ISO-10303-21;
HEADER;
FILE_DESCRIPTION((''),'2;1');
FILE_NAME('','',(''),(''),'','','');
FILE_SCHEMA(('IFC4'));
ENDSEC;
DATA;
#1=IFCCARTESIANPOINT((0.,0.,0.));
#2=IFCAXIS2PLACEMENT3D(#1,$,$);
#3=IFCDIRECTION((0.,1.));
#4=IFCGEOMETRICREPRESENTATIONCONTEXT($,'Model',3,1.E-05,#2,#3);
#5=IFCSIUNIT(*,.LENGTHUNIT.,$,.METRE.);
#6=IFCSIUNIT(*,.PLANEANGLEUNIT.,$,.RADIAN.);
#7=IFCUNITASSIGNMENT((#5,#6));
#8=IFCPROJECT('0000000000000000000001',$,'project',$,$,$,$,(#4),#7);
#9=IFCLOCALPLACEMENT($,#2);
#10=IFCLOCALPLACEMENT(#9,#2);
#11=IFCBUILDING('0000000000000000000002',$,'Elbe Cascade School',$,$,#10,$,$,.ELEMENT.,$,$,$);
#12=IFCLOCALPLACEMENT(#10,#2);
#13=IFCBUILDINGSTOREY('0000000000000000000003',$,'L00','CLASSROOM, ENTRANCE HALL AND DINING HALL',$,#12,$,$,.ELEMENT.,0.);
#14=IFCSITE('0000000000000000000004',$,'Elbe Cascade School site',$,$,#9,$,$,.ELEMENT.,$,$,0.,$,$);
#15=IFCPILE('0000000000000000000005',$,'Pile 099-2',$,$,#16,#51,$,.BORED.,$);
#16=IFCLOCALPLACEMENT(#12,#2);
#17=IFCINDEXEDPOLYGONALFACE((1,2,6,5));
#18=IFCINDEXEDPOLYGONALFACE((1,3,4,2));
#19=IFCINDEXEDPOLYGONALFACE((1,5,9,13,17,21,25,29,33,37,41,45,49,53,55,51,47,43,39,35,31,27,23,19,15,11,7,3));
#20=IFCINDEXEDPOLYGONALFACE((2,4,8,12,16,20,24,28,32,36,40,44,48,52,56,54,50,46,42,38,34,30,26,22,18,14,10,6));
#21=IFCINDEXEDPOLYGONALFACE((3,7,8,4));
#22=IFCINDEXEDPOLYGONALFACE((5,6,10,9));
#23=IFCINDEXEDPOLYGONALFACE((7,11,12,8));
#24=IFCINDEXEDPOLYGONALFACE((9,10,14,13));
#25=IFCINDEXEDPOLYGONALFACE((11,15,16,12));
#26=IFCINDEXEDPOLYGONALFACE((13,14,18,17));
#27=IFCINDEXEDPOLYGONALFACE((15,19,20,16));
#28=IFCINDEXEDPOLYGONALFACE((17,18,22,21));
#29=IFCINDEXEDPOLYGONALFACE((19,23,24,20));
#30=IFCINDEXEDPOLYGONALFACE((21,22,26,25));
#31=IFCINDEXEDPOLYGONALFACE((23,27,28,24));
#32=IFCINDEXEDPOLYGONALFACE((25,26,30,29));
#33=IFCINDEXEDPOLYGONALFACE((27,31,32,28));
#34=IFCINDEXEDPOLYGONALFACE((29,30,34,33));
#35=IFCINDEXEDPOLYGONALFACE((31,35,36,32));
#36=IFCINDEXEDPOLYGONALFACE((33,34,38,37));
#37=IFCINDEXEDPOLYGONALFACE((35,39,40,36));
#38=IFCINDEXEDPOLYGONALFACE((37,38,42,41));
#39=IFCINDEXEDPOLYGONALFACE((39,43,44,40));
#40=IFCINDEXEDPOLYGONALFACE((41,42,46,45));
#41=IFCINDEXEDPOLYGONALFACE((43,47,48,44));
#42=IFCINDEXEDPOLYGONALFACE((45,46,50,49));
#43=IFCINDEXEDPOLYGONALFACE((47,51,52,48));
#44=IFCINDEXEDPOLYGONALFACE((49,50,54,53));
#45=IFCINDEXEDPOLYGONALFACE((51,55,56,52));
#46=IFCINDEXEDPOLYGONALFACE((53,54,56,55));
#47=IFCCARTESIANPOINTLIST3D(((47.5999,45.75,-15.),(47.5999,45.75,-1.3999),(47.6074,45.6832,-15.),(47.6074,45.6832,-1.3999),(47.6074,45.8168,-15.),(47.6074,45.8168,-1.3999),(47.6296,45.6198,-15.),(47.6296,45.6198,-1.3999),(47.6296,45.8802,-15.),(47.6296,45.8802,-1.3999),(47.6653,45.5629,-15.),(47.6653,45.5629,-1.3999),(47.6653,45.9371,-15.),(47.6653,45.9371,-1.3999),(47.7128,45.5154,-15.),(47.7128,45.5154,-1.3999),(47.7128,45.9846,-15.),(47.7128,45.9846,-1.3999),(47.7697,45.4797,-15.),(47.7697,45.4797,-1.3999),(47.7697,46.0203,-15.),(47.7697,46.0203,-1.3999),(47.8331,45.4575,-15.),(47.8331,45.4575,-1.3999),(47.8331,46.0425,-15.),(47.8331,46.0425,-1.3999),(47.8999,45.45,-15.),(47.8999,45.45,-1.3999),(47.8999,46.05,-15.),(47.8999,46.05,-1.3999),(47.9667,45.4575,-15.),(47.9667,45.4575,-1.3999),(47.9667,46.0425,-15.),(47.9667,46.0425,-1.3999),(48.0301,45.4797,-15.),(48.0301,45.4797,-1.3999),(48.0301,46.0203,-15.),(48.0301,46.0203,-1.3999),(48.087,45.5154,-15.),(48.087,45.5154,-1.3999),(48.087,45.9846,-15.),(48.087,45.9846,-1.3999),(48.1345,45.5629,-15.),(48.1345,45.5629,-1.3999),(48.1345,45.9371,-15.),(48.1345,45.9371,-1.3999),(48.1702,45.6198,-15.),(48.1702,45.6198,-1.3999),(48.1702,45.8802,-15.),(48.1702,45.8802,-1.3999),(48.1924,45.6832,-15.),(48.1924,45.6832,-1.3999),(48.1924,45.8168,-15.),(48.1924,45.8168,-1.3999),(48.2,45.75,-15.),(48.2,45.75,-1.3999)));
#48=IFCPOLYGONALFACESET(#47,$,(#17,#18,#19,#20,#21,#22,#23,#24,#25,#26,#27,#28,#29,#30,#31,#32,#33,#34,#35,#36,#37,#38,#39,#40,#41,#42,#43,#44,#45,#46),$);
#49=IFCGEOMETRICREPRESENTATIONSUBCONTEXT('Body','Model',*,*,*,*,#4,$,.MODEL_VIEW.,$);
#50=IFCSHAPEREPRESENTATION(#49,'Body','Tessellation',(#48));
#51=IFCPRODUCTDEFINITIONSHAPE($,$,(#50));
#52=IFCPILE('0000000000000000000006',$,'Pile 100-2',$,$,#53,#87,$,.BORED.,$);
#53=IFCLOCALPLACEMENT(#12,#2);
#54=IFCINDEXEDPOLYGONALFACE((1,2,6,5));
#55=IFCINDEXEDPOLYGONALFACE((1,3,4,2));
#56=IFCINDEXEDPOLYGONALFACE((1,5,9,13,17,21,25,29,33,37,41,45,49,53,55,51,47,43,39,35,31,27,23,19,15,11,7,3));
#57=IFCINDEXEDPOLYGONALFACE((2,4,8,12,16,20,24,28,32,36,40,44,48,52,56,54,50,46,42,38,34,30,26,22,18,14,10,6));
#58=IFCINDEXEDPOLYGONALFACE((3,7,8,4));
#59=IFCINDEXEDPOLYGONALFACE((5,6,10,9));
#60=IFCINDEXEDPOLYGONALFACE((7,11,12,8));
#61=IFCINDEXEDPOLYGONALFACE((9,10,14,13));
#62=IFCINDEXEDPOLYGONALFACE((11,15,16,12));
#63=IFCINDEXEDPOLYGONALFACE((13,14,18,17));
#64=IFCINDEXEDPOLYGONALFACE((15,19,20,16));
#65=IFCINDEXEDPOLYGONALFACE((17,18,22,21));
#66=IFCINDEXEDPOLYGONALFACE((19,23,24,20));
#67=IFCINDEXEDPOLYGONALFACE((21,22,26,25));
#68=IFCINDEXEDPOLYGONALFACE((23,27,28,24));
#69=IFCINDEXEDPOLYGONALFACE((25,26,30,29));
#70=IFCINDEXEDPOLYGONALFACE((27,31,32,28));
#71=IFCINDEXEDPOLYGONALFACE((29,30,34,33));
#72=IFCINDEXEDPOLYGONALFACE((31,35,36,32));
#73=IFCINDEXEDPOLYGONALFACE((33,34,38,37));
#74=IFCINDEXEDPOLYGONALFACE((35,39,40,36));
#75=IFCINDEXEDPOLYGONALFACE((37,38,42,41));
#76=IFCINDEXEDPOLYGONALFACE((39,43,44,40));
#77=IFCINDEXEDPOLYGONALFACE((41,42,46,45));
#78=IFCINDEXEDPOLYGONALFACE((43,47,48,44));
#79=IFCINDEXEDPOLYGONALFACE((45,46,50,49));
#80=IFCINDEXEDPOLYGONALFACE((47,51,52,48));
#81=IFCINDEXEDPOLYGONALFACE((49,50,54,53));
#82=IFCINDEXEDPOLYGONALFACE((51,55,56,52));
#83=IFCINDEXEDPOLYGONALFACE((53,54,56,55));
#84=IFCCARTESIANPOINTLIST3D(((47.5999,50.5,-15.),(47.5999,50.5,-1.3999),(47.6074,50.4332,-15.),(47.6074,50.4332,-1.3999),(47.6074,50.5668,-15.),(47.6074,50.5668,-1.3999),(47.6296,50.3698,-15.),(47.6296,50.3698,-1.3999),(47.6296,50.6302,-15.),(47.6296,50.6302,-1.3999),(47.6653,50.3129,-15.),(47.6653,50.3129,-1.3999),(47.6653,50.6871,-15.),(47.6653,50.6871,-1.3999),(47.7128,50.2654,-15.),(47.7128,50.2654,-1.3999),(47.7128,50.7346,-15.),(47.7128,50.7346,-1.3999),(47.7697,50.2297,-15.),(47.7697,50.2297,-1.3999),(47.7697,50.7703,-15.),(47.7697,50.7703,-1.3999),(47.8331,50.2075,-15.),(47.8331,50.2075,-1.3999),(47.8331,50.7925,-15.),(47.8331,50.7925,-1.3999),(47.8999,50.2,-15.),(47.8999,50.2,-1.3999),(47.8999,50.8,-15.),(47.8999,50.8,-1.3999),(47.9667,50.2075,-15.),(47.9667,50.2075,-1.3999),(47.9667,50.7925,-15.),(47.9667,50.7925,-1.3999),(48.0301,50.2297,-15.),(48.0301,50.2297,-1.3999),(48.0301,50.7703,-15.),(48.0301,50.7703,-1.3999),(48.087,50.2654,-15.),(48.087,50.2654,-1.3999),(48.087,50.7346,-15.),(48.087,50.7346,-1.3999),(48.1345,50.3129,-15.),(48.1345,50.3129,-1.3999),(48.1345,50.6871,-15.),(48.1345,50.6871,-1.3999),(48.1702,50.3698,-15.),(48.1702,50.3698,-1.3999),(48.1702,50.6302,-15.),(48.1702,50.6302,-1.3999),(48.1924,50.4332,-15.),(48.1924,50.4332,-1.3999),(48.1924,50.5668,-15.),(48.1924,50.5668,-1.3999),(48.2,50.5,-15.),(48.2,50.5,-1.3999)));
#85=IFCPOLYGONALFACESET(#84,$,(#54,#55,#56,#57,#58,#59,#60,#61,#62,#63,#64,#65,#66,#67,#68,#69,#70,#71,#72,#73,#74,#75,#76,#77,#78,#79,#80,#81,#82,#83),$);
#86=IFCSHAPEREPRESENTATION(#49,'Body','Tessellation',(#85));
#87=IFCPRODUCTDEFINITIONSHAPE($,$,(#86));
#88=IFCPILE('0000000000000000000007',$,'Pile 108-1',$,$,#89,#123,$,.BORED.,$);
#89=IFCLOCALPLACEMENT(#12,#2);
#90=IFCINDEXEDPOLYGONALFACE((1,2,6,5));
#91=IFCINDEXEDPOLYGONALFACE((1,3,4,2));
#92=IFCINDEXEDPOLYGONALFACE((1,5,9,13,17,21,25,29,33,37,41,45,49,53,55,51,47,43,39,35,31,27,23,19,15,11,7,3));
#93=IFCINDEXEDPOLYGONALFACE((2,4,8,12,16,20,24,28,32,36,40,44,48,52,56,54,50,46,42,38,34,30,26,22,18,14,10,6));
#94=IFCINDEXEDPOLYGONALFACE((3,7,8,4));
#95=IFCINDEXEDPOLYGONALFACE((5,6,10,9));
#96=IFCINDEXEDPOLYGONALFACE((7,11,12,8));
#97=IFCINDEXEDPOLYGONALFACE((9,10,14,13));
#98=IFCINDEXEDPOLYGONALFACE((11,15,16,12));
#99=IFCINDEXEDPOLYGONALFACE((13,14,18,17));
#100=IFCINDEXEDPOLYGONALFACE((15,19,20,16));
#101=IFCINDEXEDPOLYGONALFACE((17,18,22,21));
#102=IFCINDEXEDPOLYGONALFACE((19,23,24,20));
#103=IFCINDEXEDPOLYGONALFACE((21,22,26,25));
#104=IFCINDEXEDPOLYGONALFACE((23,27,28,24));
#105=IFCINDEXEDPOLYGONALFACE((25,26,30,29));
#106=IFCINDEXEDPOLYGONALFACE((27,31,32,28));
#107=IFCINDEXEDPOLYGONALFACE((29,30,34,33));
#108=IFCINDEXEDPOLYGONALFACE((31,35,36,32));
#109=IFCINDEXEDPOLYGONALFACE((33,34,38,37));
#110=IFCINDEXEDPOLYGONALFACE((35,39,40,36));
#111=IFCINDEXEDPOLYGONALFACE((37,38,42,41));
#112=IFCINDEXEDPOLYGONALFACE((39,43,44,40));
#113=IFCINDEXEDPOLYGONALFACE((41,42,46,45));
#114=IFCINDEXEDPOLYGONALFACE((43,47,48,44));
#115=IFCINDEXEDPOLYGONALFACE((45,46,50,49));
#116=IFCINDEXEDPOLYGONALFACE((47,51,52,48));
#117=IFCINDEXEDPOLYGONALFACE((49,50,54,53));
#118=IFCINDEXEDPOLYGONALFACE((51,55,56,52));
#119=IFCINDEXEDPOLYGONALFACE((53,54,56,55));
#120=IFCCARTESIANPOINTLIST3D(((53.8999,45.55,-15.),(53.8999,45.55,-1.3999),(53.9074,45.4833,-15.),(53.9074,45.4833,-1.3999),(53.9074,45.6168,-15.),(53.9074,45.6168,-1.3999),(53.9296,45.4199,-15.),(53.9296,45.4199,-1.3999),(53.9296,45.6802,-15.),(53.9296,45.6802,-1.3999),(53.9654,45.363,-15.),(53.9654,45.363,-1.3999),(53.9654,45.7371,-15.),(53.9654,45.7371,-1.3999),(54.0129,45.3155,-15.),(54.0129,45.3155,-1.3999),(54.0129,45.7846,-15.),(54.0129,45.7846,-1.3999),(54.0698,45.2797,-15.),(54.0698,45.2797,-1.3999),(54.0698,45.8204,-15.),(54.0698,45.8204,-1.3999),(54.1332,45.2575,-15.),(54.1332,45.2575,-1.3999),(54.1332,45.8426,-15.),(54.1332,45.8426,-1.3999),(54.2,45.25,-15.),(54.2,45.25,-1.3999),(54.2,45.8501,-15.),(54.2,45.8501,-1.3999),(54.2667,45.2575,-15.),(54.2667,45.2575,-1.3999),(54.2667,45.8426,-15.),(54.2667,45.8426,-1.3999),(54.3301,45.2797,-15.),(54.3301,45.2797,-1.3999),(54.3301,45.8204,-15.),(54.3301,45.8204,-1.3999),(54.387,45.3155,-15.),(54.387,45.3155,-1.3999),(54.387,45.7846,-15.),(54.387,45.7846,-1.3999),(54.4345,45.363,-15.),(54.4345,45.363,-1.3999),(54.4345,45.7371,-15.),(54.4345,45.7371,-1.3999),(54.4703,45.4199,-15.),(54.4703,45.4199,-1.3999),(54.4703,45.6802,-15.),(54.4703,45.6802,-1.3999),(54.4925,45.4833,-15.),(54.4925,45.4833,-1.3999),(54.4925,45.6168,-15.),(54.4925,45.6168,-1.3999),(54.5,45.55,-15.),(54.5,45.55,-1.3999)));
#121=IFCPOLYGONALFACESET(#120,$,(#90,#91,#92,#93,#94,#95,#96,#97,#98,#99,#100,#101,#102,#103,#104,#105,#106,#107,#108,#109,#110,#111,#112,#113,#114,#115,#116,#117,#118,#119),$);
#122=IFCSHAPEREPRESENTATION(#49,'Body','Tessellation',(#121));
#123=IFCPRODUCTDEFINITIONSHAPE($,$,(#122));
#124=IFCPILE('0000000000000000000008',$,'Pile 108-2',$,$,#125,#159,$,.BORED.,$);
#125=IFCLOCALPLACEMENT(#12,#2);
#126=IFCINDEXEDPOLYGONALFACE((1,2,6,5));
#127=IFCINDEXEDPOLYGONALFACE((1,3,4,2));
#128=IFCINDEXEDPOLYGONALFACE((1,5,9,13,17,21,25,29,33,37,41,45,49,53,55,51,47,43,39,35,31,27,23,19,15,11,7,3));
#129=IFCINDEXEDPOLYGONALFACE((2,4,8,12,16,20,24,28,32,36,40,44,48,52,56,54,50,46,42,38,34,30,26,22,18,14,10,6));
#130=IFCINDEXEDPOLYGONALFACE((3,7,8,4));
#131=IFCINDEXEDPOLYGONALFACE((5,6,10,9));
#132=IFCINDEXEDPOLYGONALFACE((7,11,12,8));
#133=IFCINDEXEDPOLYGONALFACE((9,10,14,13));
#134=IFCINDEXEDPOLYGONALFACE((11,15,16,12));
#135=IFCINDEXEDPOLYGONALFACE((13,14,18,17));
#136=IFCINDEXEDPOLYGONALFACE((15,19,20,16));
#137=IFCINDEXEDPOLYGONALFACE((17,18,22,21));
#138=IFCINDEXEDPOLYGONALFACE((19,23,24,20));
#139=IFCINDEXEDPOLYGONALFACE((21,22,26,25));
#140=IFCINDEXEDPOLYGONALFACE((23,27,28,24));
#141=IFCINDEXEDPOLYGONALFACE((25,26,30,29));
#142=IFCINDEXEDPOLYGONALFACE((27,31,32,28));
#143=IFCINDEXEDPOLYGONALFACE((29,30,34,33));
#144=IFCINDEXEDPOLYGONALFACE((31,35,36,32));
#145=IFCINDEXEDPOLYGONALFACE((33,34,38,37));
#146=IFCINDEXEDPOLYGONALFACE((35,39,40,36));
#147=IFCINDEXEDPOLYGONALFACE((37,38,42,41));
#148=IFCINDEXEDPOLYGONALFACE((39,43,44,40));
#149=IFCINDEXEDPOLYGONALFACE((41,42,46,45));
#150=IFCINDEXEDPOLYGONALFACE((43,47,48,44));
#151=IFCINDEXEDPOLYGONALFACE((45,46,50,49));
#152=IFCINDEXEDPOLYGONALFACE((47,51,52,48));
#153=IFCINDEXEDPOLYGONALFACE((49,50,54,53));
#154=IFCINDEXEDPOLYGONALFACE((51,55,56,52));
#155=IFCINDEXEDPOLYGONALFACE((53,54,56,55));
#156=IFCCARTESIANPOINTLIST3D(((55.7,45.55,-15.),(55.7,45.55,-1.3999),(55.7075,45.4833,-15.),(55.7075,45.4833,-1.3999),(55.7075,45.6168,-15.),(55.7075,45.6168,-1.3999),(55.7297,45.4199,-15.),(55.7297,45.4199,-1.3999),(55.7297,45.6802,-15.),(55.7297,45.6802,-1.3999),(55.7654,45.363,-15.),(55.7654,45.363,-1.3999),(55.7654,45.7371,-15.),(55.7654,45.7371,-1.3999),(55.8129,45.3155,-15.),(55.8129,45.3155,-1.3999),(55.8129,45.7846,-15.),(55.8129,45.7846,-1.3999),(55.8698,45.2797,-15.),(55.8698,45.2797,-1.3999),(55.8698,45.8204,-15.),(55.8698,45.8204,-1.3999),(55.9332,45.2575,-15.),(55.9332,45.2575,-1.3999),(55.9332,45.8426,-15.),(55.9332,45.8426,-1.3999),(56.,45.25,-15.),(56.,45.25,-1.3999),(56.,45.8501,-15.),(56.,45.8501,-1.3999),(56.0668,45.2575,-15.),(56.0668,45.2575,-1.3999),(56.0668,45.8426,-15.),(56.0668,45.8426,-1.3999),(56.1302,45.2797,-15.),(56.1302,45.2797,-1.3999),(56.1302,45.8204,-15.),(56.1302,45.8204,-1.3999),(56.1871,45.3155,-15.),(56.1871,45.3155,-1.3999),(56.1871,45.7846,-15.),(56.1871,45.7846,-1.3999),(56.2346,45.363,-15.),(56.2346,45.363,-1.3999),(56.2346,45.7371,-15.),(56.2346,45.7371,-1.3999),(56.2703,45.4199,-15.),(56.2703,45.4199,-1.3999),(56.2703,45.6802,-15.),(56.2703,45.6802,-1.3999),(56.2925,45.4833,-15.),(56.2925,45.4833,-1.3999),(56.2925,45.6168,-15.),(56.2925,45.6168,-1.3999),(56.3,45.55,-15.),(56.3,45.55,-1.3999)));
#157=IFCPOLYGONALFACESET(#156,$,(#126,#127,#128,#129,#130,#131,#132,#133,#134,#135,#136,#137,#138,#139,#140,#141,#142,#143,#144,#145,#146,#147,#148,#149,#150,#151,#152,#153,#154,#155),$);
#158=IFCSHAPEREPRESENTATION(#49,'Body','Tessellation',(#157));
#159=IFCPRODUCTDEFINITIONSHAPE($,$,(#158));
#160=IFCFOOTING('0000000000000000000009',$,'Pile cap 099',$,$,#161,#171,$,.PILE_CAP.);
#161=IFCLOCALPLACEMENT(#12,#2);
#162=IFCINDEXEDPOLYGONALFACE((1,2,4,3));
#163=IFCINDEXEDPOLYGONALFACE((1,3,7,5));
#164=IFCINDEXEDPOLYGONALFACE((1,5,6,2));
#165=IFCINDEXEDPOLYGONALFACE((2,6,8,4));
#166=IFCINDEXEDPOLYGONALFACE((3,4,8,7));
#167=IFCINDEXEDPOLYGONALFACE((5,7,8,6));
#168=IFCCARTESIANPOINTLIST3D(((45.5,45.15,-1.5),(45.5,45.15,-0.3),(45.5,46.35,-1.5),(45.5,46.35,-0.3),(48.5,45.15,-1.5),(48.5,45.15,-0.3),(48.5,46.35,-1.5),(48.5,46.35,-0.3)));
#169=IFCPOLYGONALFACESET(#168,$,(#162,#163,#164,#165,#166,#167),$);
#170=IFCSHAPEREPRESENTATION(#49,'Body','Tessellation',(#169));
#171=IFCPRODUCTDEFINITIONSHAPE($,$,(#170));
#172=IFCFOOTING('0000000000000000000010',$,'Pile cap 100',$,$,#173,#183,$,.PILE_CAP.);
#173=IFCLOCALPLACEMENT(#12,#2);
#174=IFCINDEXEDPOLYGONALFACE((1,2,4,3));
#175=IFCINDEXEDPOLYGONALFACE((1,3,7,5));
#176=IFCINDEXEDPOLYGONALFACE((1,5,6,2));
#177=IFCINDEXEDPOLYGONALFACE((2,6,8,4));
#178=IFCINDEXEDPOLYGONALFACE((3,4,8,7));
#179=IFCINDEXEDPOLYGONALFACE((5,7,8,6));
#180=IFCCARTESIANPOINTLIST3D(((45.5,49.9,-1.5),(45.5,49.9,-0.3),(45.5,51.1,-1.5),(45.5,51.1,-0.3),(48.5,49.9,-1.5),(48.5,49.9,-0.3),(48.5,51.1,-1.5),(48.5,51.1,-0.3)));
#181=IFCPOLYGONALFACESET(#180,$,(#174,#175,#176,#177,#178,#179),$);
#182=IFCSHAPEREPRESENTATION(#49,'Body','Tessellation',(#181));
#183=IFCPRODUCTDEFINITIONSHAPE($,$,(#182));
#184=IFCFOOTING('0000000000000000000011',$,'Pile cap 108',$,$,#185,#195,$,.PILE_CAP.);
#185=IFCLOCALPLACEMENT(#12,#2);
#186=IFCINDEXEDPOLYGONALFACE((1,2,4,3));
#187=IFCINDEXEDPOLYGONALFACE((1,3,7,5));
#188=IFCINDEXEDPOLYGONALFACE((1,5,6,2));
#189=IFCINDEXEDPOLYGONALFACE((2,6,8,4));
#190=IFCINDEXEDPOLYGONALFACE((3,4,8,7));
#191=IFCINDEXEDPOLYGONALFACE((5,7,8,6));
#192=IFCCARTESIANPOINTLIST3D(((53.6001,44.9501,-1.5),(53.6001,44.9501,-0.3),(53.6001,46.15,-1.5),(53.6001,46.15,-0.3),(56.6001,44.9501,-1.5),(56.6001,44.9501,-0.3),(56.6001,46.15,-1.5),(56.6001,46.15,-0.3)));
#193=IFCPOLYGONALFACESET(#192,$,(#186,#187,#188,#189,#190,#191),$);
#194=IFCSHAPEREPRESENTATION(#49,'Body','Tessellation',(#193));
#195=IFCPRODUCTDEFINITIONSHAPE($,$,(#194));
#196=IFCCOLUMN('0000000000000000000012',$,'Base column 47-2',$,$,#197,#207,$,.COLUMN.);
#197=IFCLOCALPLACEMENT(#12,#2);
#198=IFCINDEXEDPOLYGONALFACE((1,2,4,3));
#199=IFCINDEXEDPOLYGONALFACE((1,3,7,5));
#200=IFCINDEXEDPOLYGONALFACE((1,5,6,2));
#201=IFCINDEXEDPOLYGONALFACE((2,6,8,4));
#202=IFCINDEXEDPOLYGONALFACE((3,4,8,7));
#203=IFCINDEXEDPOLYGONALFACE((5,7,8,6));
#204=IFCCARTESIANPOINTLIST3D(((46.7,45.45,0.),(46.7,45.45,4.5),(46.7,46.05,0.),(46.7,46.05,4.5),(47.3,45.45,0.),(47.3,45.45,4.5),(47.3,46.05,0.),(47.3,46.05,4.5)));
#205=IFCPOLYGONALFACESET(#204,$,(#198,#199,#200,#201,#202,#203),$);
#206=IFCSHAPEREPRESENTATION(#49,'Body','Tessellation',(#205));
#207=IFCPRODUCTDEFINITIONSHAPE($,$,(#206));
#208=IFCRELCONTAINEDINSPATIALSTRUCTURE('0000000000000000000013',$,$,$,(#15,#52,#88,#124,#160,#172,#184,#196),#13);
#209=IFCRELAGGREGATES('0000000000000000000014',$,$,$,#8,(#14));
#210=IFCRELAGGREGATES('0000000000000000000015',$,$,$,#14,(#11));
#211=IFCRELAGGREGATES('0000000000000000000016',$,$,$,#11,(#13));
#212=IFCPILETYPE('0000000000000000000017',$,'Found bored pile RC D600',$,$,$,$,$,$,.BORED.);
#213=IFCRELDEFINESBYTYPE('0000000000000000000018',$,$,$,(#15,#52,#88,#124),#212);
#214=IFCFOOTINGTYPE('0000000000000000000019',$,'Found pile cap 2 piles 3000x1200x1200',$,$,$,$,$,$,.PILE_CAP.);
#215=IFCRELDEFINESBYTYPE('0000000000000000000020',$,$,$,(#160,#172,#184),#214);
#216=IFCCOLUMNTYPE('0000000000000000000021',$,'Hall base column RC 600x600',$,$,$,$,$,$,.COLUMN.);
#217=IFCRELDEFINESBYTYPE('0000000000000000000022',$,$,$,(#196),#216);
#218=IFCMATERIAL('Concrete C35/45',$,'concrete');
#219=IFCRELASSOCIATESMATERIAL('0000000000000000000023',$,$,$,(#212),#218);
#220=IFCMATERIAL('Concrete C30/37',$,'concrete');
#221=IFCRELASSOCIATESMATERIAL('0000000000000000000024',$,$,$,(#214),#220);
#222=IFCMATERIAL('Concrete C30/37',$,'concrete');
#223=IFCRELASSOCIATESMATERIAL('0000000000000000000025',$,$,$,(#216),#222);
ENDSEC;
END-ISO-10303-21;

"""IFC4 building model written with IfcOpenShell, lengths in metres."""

from ifc_helpers import new_model, si_unit, direction, frame, origin, origin_2d, place, context, subcontext, project, spatial, rectangle, circle, extrude, material, material_profile, profile_set, type_object, element, save


model = new_model("IFC4")

# Units and contexts
model_context = context("Model", 3, precision=1e-05, world=origin(), true_north=direction((0.0, 1.0)))
body_context = subcontext(model_context, "Body", "Model", "MODEL_VIEW")
ifc_project = project(units=[si_unit("LENGTHUNIT", "METRE"), si_unit("PLANEANGLEUNIT", "RADIAN")], contexts=[model_context])

# Site, building, storey
site_placement = place(None, origin())
site = spatial("IfcSite", under=ifc_project, at=site_placement, Name="Elbe Cascade School site", CompositionType="ELEMENT", RefElevation=0.0)
building_placement = place(site_placement, origin())
building = spatial("IfcBuilding", under=site, at=building_placement, Name="Elbe Cascade School", CompositionType="ELEMENT")
storey_placement = place(building_placement, origin())
storey = spatial("IfcBuildingStorey", under=building, at=storey_placement, Name="L00", Description="CLASSROOM, ENTRANCE HALL AND DINING HALL", CompositionType="ELEMENT", Elevation=0.0)

# Piles
ifc_material_1 = material(Name="Concrete C35/45", Category="concrete")
ifc_material_profile_1 = material_profile(ifc_material_1, circle(Radius=0.3, at=origin_2d()), Name="RC D600")
ifc_profile_set_1 = profile_set([ifc_material_profile_1], Name="Concrete C35/45")
pile_type = type_object("IfcPileType", Name="Found bored pile RC D600", PredefinedType="BORED", material=ifc_profile_set_1)
for number, where, z_axis, x_axis, name in (
    (1, (47.8999, 45.75, -1.3999), (0.0, 0.0, -1.0), (1.0, 0.0, 0.0), "Pile 099-2"),
    (2, (47.8999, 50.5, -1.3999), (0.0, 0.0, -1.0), (1.0, 0.0, 0.0), "Pile 100-2"),
    (3, (54.2, 45.55, -1.3999), (0.0, 0.0, -1.0), (1.0, 0.0, 0.0), "Pile 108-1"),
    (4, (56.0, 45.55, -1.3999), (0.0, 0.0, -1.0), (1.0, 0.0, 0.0), "Pile 108-2"),
):
    element("IfcPile", number, at=place(storey_placement, frame(where, z_axis=z_axis, x_axis=x_axis)), inside=storey, type_object=pile_type, Name=name, PredefinedType="BORED", context=body_context, shape_type="SweptSolid", body=[
        extrude(circle(Radius=0.3, at=origin_2d()), origin(), (0.0, 0.0, 1.0), 13.6001),
    ])

# Footings
ifc_material_2 = material(Name="Concrete C30/37", Category="concrete")
footing_type = type_object("IfcFootingType", Name="Found pile cap 2 piles 3000x1200x1200", PredefinedType="PILE_CAP", material=ifc_material_2)
for number, where, z_axis, x_axis, name in (
    (5, (47.0, 45.75, -1.5), (0.0, 0.0, 1.0), (1.0, 0.0, 0.0), "Pile cap 099"),
    (6, (47.0, 50.5, -1.5), (0.0, 0.0, 1.0), (1.0, 0.0, 0.0), "Pile cap 100"),
    (7, (55.1001, 45.55, -1.5), (0.0, 0.0, 1.0), (1.0, 0.0, 0.0), "Pile cap 108"),
):
    element("IfcFooting", number, at=place(storey_placement, frame(where, z_axis=z_axis, x_axis=x_axis)), inside=storey, type_object=footing_type, Name=name, PredefinedType="PILE_CAP", context=body_context, shape_type="SweptSolid", body=[
        extrude(rectangle(XDim=3.0, YDim=1.2, at=origin_2d()), origin(), (0.0, 0.0, 1.0), 1.2),
    ])

# Column
ifc_material_3 = material(Name="Concrete C30/37", Category="concrete")
ifc_material_profile_2 = material_profile(ifc_material_3, rectangle(XDim=0.6001, YDim=0.6001, at=origin_2d()), Name="RC 600x600")
ifc_profile_set_2 = profile_set([ifc_material_profile_2], Name="Concrete C30/37")
column_type = type_object("IfcColumnType", Name="Hall base column RC 600x600", PredefinedType="COLUMN", material=ifc_profile_set_2)
for number, where, z_axis, x_axis, name in (
    (8, (47.0, 45.75, 0.0), (0.0, 0.0, 1.0), (1.0, 0.0, 0.0), "Base column 47-2"),
):
    element("IfcColumn", number, at=place(storey_placement, frame(where, z_axis=z_axis, x_axis=x_axis)), inside=storey, type_object=column_type, Name=name, PredefinedType="COLUMN", context=body_context, shape_type="SweptSolid", body=[
        extrude(rectangle(XDim=0.6001, YDim=0.6001, at=origin_2d()), origin(), (0.0, 0.0, 1.0), 4.5),
    ])

save(model, "model.ifc")
